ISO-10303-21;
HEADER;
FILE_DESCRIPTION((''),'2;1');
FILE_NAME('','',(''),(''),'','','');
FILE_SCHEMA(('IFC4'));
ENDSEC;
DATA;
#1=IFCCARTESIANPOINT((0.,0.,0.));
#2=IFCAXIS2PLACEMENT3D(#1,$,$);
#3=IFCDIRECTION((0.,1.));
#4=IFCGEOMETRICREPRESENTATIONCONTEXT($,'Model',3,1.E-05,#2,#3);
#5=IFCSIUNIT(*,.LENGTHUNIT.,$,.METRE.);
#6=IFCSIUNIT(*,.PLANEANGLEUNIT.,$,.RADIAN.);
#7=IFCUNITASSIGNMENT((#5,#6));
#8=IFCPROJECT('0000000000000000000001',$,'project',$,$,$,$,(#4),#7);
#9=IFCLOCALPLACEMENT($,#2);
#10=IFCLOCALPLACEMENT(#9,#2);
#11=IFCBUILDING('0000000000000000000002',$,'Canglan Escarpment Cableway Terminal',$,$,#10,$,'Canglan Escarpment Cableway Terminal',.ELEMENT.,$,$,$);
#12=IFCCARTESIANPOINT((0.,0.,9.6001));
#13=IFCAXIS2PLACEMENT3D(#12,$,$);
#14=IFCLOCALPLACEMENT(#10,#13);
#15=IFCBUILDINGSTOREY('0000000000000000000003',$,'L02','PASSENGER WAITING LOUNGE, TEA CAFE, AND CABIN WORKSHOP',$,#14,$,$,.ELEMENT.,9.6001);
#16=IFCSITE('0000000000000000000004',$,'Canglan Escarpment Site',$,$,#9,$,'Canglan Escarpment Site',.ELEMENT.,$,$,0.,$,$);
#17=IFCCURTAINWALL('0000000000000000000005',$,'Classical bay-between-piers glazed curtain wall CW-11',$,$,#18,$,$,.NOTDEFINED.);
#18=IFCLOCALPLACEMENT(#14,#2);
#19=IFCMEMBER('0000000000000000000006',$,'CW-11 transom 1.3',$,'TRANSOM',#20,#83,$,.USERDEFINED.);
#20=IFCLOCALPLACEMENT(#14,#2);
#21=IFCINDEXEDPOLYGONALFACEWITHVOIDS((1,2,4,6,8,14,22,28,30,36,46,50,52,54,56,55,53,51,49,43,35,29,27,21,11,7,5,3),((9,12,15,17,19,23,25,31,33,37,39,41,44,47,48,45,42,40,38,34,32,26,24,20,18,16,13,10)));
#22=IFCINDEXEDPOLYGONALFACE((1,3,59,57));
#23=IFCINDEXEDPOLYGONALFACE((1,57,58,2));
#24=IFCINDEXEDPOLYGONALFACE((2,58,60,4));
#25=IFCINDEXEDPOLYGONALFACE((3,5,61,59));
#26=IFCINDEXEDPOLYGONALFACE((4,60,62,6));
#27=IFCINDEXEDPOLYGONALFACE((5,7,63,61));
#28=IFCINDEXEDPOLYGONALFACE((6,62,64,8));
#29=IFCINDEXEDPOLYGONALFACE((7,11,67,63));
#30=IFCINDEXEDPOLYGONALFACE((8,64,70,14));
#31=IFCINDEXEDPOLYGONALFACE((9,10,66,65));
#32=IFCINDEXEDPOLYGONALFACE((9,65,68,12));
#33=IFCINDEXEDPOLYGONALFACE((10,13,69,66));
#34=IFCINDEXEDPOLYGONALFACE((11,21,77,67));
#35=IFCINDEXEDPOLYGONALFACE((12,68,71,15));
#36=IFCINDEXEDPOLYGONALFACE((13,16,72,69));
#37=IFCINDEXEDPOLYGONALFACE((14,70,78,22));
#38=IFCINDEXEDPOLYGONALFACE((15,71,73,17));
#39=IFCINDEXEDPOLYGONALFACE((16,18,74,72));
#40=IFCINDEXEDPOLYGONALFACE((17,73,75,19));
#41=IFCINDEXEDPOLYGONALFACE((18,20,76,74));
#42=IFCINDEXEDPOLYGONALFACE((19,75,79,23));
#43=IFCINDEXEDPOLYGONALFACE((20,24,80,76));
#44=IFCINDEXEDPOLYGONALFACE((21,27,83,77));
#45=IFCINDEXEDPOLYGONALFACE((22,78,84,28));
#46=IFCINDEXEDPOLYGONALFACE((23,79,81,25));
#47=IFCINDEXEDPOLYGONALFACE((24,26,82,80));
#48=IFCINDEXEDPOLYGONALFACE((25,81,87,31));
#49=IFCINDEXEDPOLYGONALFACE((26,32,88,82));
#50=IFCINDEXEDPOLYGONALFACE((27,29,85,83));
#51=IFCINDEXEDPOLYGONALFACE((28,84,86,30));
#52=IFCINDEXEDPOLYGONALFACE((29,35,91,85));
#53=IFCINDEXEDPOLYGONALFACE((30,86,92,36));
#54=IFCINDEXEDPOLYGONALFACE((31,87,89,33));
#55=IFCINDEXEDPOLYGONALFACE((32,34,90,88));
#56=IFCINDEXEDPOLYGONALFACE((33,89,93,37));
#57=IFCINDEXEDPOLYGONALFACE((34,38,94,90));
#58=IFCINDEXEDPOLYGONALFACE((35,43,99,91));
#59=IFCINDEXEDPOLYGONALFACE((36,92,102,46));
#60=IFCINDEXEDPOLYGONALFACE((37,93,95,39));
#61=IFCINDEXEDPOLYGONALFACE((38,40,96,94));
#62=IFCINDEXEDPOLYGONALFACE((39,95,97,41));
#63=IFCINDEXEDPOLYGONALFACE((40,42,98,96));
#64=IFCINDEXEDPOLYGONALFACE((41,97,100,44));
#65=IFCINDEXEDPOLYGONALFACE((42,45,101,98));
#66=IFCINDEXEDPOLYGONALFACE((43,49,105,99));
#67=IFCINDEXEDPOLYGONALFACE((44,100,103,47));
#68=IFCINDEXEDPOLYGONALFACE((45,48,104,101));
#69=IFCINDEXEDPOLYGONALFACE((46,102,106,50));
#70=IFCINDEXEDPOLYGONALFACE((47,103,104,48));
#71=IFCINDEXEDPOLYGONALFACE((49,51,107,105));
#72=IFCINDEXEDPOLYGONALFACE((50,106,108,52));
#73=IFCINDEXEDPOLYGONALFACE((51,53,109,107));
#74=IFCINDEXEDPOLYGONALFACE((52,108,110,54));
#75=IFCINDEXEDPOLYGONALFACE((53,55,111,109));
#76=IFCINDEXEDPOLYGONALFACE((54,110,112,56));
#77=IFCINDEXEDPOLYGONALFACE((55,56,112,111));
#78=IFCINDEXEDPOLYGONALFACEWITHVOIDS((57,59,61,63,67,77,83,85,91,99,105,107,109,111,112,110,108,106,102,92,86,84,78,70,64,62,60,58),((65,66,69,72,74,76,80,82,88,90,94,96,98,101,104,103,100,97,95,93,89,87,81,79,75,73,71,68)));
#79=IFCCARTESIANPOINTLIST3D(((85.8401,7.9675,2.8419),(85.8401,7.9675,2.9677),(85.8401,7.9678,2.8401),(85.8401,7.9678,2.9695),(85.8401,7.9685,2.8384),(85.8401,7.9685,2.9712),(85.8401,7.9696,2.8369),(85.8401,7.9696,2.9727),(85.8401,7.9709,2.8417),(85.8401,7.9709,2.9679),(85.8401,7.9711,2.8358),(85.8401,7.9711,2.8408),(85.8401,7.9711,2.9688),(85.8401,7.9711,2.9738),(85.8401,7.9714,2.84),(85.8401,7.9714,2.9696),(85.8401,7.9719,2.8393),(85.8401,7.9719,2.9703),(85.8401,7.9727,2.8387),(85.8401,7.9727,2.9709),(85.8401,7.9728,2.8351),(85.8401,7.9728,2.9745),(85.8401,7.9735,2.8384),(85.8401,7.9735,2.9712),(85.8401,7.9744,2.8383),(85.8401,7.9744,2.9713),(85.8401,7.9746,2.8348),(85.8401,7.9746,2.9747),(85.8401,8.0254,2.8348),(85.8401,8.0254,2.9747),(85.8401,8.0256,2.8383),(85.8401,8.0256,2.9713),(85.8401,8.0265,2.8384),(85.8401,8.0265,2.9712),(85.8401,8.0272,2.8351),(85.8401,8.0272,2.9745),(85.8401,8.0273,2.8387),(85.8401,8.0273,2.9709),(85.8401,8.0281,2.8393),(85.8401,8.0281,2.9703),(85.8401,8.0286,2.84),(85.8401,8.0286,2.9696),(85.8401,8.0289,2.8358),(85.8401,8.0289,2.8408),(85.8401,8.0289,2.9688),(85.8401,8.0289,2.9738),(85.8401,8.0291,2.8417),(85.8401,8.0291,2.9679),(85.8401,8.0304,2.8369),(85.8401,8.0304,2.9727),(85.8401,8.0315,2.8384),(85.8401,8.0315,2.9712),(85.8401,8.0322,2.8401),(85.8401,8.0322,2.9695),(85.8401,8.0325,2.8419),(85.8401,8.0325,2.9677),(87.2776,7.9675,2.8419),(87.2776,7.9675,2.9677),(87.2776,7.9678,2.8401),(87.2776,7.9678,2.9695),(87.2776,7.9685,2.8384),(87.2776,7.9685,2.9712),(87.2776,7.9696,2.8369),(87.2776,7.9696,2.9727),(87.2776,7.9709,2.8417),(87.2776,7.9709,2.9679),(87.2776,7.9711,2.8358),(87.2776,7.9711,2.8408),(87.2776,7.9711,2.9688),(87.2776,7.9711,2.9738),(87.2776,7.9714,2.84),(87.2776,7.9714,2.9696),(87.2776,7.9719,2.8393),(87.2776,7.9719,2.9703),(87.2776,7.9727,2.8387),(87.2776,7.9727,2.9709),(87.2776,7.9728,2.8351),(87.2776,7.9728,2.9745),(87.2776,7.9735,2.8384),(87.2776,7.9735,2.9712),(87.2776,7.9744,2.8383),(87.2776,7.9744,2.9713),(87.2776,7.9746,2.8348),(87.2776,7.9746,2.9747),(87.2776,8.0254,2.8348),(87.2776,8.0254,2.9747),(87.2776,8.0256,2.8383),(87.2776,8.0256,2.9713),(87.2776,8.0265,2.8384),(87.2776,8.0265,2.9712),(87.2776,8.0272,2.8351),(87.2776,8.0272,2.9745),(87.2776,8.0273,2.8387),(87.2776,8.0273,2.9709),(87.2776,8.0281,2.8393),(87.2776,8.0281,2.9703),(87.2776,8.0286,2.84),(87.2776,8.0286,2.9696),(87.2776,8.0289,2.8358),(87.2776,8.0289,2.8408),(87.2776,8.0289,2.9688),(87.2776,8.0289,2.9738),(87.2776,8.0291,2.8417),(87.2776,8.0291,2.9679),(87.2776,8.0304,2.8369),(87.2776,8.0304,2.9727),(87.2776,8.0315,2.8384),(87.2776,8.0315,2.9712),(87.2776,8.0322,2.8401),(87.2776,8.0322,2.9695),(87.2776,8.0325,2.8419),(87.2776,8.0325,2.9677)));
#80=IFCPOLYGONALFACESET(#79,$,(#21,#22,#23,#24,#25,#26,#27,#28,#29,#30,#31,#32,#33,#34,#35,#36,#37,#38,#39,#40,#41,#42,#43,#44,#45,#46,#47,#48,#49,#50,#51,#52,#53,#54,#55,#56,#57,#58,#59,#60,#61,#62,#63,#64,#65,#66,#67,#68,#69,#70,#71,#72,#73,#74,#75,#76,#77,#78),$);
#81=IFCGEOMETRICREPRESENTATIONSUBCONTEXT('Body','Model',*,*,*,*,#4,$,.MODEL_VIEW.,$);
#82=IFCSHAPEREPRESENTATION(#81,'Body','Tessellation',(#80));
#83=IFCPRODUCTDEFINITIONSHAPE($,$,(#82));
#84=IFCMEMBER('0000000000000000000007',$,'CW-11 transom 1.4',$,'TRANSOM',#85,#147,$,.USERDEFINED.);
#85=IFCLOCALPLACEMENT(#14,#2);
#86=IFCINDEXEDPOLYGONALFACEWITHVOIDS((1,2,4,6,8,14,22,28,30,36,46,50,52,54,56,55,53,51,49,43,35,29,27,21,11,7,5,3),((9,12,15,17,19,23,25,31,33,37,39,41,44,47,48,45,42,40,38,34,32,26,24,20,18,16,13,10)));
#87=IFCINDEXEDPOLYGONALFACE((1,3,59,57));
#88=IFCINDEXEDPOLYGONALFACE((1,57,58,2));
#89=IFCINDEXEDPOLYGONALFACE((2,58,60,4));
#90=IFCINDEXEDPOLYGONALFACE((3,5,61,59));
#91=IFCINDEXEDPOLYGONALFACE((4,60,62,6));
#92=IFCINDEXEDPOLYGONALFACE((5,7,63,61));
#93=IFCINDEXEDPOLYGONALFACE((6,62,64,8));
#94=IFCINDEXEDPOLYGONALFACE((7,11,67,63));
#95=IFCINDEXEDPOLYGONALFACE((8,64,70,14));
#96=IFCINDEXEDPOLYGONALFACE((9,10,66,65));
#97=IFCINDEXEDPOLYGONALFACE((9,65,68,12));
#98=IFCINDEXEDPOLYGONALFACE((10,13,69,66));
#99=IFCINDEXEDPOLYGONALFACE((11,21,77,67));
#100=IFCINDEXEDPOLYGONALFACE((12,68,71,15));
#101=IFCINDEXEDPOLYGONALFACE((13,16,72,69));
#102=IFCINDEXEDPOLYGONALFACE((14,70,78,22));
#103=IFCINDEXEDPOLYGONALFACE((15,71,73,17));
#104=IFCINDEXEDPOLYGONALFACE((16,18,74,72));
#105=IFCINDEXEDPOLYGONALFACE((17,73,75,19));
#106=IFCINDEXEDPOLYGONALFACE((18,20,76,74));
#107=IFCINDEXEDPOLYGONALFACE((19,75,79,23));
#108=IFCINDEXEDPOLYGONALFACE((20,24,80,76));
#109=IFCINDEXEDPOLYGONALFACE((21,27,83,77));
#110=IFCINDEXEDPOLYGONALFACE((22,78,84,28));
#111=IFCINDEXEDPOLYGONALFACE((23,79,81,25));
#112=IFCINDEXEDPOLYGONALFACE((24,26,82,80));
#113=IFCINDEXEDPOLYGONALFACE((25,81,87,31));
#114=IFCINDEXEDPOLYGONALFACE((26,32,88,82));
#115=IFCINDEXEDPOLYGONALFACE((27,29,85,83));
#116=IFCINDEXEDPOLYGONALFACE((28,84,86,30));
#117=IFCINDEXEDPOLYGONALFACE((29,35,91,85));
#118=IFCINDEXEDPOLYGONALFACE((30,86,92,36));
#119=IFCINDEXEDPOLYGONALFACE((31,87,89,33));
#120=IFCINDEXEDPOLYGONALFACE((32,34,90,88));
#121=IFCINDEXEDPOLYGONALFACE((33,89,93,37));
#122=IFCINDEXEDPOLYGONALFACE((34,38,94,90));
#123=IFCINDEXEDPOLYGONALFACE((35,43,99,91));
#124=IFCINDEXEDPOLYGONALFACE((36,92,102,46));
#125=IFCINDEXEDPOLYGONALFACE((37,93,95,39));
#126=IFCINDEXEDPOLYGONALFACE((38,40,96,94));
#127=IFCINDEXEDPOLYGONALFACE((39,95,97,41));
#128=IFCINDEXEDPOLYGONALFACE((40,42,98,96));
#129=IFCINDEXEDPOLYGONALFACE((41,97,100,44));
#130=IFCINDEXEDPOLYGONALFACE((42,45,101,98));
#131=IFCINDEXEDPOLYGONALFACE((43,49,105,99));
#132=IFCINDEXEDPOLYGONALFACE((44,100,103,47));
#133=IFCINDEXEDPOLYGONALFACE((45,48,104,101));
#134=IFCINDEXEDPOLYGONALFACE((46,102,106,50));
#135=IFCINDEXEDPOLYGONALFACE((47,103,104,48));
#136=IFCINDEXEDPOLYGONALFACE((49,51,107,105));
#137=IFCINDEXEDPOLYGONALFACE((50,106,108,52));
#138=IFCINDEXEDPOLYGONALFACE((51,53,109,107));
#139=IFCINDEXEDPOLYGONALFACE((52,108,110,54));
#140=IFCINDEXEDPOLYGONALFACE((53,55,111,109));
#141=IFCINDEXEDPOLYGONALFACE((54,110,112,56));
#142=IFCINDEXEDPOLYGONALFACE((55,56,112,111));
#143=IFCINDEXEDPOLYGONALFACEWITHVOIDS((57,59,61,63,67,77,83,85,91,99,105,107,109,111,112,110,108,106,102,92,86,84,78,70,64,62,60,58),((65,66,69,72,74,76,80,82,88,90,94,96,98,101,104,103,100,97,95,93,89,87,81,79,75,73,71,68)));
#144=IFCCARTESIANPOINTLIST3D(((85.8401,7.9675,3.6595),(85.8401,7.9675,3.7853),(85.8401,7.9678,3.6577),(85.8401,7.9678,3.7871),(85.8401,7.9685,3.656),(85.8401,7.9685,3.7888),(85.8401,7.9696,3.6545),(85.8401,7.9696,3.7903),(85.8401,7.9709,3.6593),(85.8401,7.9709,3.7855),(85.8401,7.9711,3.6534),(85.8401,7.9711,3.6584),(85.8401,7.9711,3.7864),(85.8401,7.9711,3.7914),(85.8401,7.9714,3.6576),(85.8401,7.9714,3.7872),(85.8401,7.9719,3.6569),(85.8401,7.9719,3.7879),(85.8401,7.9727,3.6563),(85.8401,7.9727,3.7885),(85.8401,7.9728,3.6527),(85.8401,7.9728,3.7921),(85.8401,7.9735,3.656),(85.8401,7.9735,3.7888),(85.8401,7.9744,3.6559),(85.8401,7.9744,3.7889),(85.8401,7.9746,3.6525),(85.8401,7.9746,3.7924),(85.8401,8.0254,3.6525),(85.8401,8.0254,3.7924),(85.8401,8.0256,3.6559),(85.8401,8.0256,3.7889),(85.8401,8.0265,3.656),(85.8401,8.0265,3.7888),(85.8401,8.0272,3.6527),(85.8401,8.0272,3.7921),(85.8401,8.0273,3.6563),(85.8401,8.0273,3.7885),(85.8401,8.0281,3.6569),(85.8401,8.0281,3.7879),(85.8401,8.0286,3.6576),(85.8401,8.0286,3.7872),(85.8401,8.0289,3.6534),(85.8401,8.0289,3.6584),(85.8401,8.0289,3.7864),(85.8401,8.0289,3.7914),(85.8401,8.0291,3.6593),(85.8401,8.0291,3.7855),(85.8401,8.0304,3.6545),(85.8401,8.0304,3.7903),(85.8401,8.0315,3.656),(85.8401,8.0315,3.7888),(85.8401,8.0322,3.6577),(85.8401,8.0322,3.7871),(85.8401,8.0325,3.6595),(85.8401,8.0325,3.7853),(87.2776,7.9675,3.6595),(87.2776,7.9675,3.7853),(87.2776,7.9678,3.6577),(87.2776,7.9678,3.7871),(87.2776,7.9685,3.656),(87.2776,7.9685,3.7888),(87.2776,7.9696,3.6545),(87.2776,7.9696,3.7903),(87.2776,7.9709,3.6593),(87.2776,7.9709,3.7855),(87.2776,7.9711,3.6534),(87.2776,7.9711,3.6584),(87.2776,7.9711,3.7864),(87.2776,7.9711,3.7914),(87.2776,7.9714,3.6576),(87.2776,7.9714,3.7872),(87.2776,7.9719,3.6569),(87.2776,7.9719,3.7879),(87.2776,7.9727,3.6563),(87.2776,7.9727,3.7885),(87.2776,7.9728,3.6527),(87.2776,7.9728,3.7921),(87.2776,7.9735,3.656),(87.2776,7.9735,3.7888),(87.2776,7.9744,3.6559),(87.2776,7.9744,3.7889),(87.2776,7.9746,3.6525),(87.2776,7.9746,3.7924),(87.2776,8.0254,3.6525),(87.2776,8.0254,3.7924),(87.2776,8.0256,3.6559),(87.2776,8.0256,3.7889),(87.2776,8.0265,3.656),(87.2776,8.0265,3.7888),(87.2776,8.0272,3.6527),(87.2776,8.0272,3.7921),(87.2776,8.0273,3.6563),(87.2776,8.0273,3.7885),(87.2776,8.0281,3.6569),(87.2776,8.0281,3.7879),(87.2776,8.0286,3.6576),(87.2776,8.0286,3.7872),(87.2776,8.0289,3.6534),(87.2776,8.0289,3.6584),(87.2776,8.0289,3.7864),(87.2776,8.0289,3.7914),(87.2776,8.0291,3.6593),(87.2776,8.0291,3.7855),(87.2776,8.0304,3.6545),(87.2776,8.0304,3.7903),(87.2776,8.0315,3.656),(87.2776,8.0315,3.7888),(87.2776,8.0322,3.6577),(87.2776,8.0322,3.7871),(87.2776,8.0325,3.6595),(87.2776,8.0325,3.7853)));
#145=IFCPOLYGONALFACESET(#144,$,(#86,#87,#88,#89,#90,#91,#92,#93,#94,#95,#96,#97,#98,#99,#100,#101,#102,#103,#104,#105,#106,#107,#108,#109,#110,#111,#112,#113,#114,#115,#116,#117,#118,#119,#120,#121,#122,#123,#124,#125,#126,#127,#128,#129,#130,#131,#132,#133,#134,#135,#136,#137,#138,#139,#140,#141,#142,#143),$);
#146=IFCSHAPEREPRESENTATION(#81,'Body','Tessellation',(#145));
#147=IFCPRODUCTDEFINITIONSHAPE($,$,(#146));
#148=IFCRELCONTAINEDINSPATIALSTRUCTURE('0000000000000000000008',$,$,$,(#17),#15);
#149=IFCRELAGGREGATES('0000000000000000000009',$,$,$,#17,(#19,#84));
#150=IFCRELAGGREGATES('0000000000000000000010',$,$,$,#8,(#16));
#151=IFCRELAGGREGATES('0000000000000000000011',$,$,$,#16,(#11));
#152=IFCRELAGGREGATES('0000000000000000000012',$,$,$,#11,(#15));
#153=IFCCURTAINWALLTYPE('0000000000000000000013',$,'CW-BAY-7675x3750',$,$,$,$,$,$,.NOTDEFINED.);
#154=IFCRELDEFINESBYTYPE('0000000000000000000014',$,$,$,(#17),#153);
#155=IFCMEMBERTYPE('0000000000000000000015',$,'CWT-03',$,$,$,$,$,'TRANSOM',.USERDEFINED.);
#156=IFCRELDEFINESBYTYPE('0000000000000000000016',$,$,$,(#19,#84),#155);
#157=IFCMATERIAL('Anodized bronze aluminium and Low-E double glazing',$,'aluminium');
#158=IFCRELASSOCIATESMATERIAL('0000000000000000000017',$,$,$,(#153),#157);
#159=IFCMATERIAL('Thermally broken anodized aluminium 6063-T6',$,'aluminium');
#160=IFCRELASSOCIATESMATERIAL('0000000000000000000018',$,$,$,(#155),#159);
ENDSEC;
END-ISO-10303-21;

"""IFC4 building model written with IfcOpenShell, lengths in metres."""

from ifc_helpers import new_model, si_unit, direction, frame, origin, origin_2d, place, context, subcontext, project, spatial, hollow_rectangle, extrude, material, material_profile, profile_set, type_object, element, aggregate, save


model = new_model("IFC4")

# Units and contexts
model_context = context("Model", 3, precision=1e-05, world=origin(), true_north=direction((0.0, 1.0)))
body_context = subcontext(model_context, "Body", "Model", "MODEL_VIEW")
ifc_project = project(units=[si_unit("LENGTHUNIT", "METRE"), si_unit("PLANEANGLEUNIT", "RADIAN")], contexts=[model_context])

# Site, building, storey
site_placement = place(None, origin())
site = spatial("IfcSite", under=ifc_project, at=site_placement, Name="Canglan Escarpment Site", LongName="Canglan Escarpment Site", CompositionType="ELEMENT", RefElevation=0.0)
building_placement = place(site_placement, origin())
building = spatial("IfcBuilding", under=site, at=building_placement, Name="Canglan Escarpment Cableway Terminal", LongName="Canglan Escarpment Cableway Terminal", CompositionType="ELEMENT")
storey_placement = place(building_placement, frame((0.0, 0.0, 9.6001)))
storey = spatial("IfcBuildingStorey", under=building, at=storey_placement, Name="L02", Description="PASSENGER WAITING LOUNGE, TEA CAFE, AND CABIN WORKSHOP", CompositionType="ELEMENT", Elevation=9.6001)

# Curtain wall, members
ifc_material_1 = material(Name="Anodized bronze aluminium and Low-E double glazing", Category="aluminium")
curtain_wall_type = type_object("IfcCurtainWallType", Name="CW-BAY-7675x3750", PredefinedType="NOTDEFINED", material=ifc_material_1)
curtain_wall_placement = place(storey_placement, origin())
curtain_wall = element("IfcCurtainWall", 1, at=curtain_wall_placement, inside=storey, type_object=curtain_wall_type, Name="Classical bay-between-piers glazed curtain wall CW-11", PredefinedType="NOTDEFINED")
ifc_material_2 = material(Name="Thermally broken anodized aluminium 6063-T6", Category="aluminium")
ifc_material_profile_1 = material_profile(ifc_material_2, hollow_rectangle(XDim=0.0649, YDim=0.1399, WallThickness=0.0034, InnerFilletRadius=0.0034, OuterFilletRadius=0.0071, at=origin_2d()), Name="ALU-TRAN 65x140x3.5")
ifc_profile_set_1 = profile_set([ifc_material_profile_1], Name="Thermally broken anodized aluminium 6063-T6")
member_type_1 = type_object("IfcMemberType", Name="CWT-03", ElementType="TRANSOM", PredefinedType="USERDEFINED", material=ifc_profile_set_1)
member_1_placement = place(storey_placement, frame((85.8401, 8.0, 2.9048), z_axis=(1.0, 0.0, 0.0), x_axis=(0.0, 1.0, 0.0)))
member_1 = element("IfcMember", 2, at=member_1_placement, type_object=member_type_1, Name="CW-11 transom 1.3", ObjectType="TRANSOM", PredefinedType="USERDEFINED", context=body_context, shape_type="SweptSolid", body=[
    extrude(hollow_rectangle(XDim=0.0649, YDim=0.1399, WallThickness=0.0034, InnerFilletRadius=0.0034, OuterFilletRadius=0.0071, at=origin_2d()), origin(), (0.0, 0.0, 1.0), 1.4375),
])
member_2_placement = place(storey_placement, frame((85.8401, 8.0, 3.7224), z_axis=(1.0, 0.0, 0.0), x_axis=(0.0, 1.0, 0.0)))
member_2 = element("IfcMember", 3, at=member_2_placement, type_object=member_type_1, Name="CW-11 transom 1.4", ObjectType="TRANSOM", PredefinedType="USERDEFINED", context=body_context, shape_type="SweptSolid", body=[
    extrude(hollow_rectangle(XDim=0.0649, YDim=0.1399, WallThickness=0.0034, InnerFilletRadius=0.0034, OuterFilletRadius=0.0071, at=origin_2d()), origin(), (0.0, 0.0, 1.0), 1.4375),
])

aggregate(curtain_wall, [member_1, member_2])

save(model, "model.ifc")
